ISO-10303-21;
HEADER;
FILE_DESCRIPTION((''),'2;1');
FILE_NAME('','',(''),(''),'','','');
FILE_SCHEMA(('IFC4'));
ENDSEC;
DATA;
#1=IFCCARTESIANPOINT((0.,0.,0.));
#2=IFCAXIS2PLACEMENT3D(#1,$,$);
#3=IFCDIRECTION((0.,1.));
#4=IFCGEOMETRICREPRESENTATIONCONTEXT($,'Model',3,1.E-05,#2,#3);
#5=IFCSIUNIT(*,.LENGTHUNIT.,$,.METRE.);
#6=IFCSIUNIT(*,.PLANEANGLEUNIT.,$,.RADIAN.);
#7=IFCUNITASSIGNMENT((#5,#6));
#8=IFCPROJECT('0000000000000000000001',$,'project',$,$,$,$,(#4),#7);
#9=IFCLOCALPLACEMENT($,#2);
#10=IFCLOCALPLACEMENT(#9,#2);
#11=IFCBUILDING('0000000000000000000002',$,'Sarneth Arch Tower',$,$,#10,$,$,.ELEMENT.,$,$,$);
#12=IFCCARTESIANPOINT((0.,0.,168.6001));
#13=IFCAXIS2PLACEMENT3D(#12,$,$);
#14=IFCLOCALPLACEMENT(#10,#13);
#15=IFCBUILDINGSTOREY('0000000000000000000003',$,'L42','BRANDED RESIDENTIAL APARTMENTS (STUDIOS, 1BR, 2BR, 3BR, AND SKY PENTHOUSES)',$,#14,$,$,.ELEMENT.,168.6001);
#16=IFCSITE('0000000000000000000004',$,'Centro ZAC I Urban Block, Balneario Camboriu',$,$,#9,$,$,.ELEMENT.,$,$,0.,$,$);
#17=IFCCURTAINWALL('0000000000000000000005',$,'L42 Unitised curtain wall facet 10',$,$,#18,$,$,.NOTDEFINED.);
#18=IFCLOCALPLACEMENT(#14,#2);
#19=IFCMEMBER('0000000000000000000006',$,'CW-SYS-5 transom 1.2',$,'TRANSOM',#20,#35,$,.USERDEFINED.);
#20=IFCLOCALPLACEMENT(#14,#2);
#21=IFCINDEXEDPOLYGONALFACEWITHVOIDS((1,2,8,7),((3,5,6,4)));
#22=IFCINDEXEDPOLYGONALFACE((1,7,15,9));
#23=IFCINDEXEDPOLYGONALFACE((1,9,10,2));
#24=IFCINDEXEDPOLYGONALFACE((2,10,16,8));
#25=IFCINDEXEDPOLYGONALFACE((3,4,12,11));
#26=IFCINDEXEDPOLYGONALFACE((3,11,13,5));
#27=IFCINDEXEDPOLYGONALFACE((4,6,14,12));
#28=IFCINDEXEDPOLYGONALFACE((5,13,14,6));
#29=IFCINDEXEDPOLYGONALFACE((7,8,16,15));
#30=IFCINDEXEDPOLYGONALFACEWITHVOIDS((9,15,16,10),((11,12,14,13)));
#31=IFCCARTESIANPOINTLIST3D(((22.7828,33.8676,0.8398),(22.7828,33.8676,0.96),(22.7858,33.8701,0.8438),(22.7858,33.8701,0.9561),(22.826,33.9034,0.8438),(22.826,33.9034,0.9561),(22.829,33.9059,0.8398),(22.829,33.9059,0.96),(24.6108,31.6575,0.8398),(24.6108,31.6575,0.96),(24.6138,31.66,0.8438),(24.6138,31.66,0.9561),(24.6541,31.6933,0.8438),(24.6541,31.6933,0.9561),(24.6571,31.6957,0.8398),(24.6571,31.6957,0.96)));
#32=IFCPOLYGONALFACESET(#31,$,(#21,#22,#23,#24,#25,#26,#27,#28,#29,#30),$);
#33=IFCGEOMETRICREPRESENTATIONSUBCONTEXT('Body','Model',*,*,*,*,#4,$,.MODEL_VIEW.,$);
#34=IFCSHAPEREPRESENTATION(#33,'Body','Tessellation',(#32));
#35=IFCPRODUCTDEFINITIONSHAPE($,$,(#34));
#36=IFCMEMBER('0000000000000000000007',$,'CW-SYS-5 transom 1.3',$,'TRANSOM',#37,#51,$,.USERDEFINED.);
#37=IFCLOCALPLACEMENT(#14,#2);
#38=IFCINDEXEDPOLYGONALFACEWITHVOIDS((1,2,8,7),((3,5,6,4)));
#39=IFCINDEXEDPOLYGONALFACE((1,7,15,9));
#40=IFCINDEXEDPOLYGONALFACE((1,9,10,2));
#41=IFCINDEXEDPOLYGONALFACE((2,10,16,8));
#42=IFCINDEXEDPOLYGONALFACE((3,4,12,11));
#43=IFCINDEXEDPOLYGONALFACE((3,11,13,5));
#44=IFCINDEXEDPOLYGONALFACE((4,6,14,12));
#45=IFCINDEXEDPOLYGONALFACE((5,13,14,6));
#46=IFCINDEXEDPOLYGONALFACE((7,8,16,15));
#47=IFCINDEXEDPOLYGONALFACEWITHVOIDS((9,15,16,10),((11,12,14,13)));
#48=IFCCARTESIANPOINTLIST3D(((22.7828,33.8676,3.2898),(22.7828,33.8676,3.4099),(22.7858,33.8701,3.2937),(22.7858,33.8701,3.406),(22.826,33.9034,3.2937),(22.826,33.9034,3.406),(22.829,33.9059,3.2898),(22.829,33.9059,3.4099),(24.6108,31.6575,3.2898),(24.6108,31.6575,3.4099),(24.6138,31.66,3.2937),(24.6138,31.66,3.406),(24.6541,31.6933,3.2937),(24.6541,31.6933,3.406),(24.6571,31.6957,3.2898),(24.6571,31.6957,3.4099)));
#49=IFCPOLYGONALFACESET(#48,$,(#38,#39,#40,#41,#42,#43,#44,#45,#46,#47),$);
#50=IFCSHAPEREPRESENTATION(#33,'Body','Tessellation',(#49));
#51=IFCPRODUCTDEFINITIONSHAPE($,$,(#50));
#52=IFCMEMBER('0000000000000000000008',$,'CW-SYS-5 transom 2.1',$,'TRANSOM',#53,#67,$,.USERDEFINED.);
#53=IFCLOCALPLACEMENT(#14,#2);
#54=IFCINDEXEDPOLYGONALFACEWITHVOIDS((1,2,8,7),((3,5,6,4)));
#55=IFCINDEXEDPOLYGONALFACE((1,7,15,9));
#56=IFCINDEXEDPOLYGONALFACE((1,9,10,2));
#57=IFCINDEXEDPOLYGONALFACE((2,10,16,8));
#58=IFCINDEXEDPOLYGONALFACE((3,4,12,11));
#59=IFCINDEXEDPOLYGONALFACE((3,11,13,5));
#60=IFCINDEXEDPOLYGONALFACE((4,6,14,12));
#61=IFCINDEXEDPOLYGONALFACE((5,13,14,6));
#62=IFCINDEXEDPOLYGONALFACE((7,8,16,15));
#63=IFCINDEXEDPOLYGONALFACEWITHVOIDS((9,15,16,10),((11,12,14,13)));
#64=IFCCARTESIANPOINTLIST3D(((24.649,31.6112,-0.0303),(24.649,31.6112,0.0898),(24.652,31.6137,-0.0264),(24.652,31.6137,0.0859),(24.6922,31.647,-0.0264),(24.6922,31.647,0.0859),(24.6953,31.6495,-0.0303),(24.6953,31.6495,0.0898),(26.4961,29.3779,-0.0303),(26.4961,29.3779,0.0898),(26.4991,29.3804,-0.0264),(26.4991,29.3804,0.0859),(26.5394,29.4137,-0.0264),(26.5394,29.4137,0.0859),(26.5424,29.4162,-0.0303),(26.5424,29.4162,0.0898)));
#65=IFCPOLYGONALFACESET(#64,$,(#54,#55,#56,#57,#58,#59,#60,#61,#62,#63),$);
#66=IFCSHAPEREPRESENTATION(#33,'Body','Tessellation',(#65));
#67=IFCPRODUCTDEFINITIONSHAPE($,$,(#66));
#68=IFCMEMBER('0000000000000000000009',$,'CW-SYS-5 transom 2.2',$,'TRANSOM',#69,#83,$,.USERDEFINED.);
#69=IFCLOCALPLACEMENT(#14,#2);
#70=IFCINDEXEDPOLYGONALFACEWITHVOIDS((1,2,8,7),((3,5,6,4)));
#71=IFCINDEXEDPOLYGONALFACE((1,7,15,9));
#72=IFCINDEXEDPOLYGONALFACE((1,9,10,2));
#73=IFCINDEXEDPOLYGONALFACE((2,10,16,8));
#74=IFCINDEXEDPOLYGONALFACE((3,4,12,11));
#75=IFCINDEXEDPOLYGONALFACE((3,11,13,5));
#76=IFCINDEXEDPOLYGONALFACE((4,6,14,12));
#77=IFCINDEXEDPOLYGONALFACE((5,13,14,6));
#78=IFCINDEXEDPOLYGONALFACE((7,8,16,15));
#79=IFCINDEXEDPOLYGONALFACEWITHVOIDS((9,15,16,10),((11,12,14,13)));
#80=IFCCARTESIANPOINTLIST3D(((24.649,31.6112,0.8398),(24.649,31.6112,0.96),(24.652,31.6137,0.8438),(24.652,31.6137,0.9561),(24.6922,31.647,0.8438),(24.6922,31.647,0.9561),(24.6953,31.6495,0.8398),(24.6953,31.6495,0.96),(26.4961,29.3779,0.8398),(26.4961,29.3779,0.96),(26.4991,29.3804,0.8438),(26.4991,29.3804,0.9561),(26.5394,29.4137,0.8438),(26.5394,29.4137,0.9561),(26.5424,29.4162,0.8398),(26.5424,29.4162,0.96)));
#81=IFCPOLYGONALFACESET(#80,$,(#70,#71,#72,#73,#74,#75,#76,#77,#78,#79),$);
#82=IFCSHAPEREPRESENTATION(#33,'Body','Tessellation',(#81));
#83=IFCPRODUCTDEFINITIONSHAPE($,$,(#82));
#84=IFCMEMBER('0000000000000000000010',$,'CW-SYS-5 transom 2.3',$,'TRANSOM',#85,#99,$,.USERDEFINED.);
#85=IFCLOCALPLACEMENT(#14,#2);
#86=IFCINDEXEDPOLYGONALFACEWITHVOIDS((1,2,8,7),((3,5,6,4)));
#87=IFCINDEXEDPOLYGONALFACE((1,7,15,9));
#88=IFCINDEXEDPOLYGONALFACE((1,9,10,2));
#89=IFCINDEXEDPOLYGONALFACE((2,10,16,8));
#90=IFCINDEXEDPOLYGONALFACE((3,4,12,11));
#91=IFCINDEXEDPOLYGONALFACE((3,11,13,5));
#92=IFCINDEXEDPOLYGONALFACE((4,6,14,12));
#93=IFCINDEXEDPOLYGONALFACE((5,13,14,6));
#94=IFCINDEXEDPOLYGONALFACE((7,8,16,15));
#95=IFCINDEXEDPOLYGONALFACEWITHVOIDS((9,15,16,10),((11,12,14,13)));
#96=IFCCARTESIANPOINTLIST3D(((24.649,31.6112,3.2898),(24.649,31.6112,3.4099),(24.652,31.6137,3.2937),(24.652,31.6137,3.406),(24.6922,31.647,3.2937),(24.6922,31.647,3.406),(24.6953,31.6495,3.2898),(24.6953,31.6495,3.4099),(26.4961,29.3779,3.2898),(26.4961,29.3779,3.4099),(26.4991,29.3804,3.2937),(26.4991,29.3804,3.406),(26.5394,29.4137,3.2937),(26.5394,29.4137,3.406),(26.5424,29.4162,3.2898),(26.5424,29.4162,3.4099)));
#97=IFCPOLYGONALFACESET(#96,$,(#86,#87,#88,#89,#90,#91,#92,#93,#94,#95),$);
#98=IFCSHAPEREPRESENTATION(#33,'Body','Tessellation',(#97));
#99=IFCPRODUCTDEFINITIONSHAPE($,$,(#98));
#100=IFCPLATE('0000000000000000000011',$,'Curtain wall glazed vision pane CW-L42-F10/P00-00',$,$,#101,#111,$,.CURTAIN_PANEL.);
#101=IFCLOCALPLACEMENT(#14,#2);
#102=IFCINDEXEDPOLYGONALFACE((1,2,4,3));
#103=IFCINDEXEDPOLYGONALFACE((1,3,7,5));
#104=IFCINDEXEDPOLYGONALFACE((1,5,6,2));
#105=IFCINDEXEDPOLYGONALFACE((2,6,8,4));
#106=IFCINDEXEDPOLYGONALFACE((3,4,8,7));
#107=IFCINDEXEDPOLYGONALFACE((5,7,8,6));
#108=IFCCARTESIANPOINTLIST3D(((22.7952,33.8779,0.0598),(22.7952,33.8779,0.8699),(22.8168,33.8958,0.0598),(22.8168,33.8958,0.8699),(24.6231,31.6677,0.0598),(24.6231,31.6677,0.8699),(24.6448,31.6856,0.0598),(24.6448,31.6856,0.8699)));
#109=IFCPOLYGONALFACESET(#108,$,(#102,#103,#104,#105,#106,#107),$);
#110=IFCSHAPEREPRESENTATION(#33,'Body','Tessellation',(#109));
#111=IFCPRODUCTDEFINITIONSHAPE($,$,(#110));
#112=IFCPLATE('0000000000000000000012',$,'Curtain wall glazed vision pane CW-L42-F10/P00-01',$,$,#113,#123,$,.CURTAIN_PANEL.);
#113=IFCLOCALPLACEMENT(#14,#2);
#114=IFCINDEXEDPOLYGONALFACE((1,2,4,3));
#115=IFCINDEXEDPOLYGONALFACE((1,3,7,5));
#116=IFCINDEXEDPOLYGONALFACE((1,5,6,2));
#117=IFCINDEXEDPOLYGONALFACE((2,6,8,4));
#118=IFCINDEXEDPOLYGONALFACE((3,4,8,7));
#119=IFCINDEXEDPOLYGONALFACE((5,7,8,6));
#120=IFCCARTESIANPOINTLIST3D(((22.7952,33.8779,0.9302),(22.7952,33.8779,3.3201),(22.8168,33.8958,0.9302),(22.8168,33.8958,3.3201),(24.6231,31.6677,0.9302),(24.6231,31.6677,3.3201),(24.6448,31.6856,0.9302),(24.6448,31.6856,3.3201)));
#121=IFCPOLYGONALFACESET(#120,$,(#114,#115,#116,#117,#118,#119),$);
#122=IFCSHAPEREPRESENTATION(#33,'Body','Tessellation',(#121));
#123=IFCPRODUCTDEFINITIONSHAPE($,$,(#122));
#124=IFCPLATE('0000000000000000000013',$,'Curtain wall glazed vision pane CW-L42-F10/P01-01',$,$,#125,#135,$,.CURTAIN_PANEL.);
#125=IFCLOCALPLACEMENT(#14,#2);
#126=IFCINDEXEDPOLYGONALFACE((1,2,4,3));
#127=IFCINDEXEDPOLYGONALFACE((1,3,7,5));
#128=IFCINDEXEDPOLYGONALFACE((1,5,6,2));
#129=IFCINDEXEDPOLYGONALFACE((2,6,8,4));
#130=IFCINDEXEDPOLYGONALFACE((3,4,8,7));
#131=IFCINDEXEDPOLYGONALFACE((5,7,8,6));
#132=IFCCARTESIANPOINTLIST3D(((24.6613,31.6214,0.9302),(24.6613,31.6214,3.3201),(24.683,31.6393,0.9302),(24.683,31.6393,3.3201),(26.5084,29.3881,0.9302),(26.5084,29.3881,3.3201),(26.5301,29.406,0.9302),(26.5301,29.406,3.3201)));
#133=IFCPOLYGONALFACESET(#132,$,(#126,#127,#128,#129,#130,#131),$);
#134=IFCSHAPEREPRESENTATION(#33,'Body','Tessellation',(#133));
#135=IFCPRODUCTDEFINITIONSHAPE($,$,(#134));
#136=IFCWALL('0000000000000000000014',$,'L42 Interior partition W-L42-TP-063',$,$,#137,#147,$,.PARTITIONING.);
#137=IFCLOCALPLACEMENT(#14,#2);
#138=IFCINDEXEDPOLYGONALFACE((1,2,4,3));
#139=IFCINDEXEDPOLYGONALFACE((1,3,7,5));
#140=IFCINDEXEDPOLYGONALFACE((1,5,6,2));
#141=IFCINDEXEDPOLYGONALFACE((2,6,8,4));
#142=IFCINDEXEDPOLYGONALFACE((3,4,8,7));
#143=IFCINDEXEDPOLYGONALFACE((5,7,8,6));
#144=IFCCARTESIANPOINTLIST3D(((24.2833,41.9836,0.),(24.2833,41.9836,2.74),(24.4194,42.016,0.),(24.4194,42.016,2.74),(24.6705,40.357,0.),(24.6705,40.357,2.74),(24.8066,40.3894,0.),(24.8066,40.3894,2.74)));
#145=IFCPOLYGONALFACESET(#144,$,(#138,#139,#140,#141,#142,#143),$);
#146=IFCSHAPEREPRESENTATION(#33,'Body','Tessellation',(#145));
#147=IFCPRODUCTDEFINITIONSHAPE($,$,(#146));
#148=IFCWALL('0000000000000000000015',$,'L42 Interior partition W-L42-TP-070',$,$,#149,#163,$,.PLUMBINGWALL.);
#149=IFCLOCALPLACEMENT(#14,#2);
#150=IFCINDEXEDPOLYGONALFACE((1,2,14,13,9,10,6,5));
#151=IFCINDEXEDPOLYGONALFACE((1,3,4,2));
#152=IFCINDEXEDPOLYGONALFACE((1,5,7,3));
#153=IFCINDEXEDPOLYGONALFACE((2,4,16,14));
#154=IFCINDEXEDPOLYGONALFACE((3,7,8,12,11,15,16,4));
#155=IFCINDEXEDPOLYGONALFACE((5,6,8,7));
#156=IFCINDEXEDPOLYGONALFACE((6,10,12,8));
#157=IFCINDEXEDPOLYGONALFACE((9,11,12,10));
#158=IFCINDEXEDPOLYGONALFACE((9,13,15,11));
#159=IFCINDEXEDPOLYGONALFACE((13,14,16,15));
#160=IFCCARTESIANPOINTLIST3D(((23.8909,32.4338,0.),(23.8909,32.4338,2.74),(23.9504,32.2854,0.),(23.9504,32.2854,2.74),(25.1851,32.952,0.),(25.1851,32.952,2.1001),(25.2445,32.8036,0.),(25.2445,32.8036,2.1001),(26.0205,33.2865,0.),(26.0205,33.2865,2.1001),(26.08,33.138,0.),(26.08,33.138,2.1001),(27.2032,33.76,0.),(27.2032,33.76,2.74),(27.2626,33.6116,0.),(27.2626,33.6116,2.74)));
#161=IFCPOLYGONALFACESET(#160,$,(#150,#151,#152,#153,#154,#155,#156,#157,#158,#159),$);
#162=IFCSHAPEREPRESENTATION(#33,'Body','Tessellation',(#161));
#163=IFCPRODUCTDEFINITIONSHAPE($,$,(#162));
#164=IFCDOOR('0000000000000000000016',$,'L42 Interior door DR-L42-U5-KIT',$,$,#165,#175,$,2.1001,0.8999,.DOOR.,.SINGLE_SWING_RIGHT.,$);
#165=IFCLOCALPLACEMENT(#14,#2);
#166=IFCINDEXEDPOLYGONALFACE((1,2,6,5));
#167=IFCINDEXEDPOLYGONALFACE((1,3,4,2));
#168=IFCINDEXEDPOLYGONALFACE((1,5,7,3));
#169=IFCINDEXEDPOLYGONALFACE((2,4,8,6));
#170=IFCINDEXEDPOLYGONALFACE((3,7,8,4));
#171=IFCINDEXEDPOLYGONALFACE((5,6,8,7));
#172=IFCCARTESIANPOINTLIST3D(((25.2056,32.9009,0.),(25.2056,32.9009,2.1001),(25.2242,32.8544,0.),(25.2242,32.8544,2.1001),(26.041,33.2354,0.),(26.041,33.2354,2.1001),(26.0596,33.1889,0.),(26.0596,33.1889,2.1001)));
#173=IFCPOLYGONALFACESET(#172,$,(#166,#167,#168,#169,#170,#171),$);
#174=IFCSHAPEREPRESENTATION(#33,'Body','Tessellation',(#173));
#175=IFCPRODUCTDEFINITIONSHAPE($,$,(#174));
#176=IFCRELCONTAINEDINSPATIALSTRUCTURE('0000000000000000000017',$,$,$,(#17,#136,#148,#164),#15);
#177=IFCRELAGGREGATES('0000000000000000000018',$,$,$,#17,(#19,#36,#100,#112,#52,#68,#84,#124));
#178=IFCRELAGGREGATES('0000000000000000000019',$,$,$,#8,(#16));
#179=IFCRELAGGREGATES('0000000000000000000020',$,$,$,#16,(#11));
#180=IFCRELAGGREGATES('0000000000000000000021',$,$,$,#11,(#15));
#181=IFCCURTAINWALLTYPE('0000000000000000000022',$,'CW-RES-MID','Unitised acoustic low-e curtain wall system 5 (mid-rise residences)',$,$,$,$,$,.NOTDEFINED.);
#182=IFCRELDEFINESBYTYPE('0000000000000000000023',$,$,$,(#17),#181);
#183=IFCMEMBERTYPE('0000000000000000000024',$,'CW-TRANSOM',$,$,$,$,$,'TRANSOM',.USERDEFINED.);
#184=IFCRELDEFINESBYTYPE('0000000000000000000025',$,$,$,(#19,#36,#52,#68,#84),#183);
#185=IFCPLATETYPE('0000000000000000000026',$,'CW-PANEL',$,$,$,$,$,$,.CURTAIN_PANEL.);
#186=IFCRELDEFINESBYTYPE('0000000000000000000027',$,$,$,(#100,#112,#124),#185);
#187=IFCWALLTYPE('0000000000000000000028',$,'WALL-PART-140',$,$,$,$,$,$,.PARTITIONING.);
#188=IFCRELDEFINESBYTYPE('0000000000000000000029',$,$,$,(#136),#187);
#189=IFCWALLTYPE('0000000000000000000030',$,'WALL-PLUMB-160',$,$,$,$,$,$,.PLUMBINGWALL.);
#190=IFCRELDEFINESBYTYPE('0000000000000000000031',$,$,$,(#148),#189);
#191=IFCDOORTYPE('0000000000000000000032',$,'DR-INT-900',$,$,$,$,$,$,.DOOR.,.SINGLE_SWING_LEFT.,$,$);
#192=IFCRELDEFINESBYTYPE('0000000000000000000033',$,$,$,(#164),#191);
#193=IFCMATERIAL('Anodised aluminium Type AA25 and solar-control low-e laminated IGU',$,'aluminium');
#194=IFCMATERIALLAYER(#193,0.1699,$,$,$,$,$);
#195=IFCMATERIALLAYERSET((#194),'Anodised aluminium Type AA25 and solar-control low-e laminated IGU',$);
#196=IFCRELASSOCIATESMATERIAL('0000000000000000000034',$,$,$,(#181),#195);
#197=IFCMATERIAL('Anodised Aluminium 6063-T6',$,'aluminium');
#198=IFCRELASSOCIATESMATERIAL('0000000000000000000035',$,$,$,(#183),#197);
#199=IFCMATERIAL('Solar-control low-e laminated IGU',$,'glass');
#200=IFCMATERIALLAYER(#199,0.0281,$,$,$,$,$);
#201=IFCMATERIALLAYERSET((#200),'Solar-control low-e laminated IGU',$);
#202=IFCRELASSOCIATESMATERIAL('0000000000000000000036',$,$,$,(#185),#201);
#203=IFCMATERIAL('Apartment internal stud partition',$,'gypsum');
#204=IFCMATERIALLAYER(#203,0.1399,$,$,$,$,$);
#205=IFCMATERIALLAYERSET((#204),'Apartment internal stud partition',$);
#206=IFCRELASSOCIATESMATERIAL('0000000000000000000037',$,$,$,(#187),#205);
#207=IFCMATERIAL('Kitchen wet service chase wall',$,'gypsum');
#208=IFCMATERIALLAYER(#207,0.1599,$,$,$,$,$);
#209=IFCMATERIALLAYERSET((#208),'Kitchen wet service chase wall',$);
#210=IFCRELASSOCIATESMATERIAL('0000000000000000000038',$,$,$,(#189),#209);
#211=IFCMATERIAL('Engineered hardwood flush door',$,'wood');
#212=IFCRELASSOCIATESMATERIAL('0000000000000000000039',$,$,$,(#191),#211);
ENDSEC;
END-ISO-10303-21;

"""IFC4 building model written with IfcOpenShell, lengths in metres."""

from ifc_helpers import new_model, si_unit, direction, frame, frame_2d, origin, origin_2d, place, context, subcontext, project, spatial, rectangle, hollow_rectangle, extrude, material, layer, layer_set, material_profile, profile_set, type_object, element, fill, aggregate, save


model = new_model("IFC4")

# Units and contexts
model_context = context("Model", 3, precision=1e-05, world=origin(), true_north=direction((0.0, 1.0)))
body_context = subcontext(model_context, "Body", "Model", "MODEL_VIEW")
ifc_project = project(units=[si_unit("LENGTHUNIT", "METRE"), si_unit("PLANEANGLEUNIT", "RADIAN")], contexts=[model_context])

# Site, building, storey
site_placement = place(None, origin())
site = spatial("IfcSite", under=ifc_project, at=site_placement, Name="Centro ZAC I Urban Block, Balneario Camboriu", CompositionType="ELEMENT", RefElevation=0.0)
building_placement = place(site_placement, origin())
building = spatial("IfcBuilding", under=site, at=building_placement, Name="Sarneth Arch Tower", CompositionType="ELEMENT")
storey_placement = place(building_placement, frame((0.0, 0.0, 168.6001)))
storey = spatial("IfcBuildingStorey", under=building, at=storey_placement, Name="L42", Description="BRANDED RESIDENTIAL APARTMENTS (STUDIOS, 1BR, 2BR, 3BR, AND SKY PENTHOUSES)", CompositionType="ELEMENT", Elevation=168.6001)

# Curtain wall, members, plates
ifc_material_1 = material(Name="Anodised aluminium Type AA25 and solar-control low-e laminated IGU", Category="aluminium")
ifc_layer_1 = layer(ifc_material_1, 0.1699)
ifc_layer_set_1 = layer_set([ifc_layer_1], Name="Anodised aluminium Type AA25 and solar-control low-e laminated IGU")
curtain_wall_type = type_object("IfcCurtainWallType", Name="CW-RES-MID", Description="Unitised acoustic low-e curtain wall system 5 (mid-rise residences)", PredefinedType="NOTDEFINED", material=ifc_layer_set_1)
curtain_wall_placement = place(storey_placement, origin())
curtain_wall = element("IfcCurtainWall", 1, at=curtain_wall_placement, inside=storey, type_object=curtain_wall_type, Name="L42 Unitised curtain wall facet 10", PredefinedType="NOTDEFINED")
ifc_material_2 = material(Name="Anodised Aluminium 6063-T6", Category="aluminium")
ifc_material_profile_1 = material_profile(ifc_material_2, hollow_rectangle(XDim=0.0601, YDim=0.1201, WallThickness=0.0039, at=origin_2d()), Name="AL-TRAN-120x60x4")
ifc_profile_set_1 = profile_set([ifc_material_profile_1], Name="Anodised Aluminium 6063-T6")
member_type_1 = type_object("IfcMemberType", Name="CW-TRANSOM", ElementType="TRANSOM", PredefinedType="USERDEFINED", material=ifc_profile_set_1)
member_1_placement = place(storey_placement, frame((22.8059, 33.8867, 0.8999), z_axis=(0.637359, -0.770567, 0.0), x_axis=(0.770567, 0.637359, 0.0)))
member_1 = element("IfcMember", 2, at=member_1_placement, type_object=member_type_1, Name="CW-SYS-5 transom 1.2", ObjectType="TRANSOM", PredefinedType="USERDEFINED", context=body_context, shape_type="SweptSolid", body=[
    extrude(hollow_rectangle(XDim=0.0601, YDim=0.1201, WallThickness=0.0039, at=origin_2d()), origin(), (0.0, 0.0, 1.0), 2.8682),
])
member_2_placement = place(storey_placement, frame((22.8059, 33.8867, 3.3499), z_axis=(0.637359, -0.770567, 0.0), x_axis=(0.770567, 0.637359, 0.0)))
member_2 = element("IfcMember", 3, at=member_2_placement, type_object=member_type_1, Name="CW-SYS-5 transom 1.3", ObjectType="TRANSOM", PredefinedType="USERDEFINED", context=body_context, shape_type="SweptSolid", body=[
    extrude(hollow_rectangle(XDim=0.0601, YDim=0.1201, WallThickness=0.0039, at=origin_2d()), origin(), (0.0, 0.0, 1.0), 2.8682),
])
member_3_placement = place(storey_placement, frame((24.6721, 31.6304, 0.0298), z_axis=(0.63733, -0.770591, 0.0), x_axis=(0.770591, 0.63733, 0.0)))
member_3 = element("IfcMember", 4, at=member_3_placement, type_object=member_type_1, Name="CW-SYS-5 transom 2.1", ObjectType="TRANSOM", PredefinedType="USERDEFINED", context=body_context, shape_type="SweptSolid", body=[
    extrude(hollow_rectangle(XDim=0.0601, YDim=0.1201, WallThickness=0.0039, at=origin_2d()), origin(), (0.0, 0.0, 1.0), 2.8982),
])
member_4_placement = place(storey_placement, frame((24.6721, 31.6304, 0.8999), z_axis=(0.63733, -0.770591, 0.0), x_axis=(0.770591, 0.63733, 0.0)))
member_4 = element("IfcMember", 5, at=member_4_placement, type_object=member_type_1, Name="CW-SYS-5 transom 2.2", ObjectType="TRANSOM", PredefinedType="USERDEFINED", context=body_context, shape_type="SweptSolid", body=[
    extrude(hollow_rectangle(XDim=0.0601, YDim=0.1201, WallThickness=0.0039, at=origin_2d()), origin(), (0.0, 0.0, 1.0), 2.8982),
])
member_5_placement = place(storey_placement, frame((24.6721, 31.6304, 3.3499), z_axis=(0.63733, -0.770591, 0.0), x_axis=(0.770591, 0.63733, 0.0)))
member_5 = element("IfcMember", 6, at=member_5_placement, type_object=member_type_1, Name="CW-SYS-5 transom 2.3", ObjectType="TRANSOM", PredefinedType="USERDEFINED", context=body_context, shape_type="SweptSolid", body=[
    extrude(hollow_rectangle(XDim=0.0601, YDim=0.1201, WallThickness=0.0039, at=origin_2d()), origin(), (0.0, 0.0, 1.0), 2.8982),
])
ifc_material_3 = material(Name="Solar-control low-e laminated IGU", Category="glass")
ifc_layer_2 = layer(ifc_material_3, 0.0281)
ifc_layer_set_2 = layer_set([ifc_layer_2], Name="Solar-control low-e laminated IGU")
plate_type = type_object("IfcPlateType", Name="CW-PANEL", PredefinedType="CURTAIN_PANEL", material=ifc_layer_set_2)
plate_1_placement = place(storey_placement, frame((23.72, 32.7817, 0.0598), z_axis=(0.0, 0.0, 1.0), x_axis=(0.63733, -0.770591, 0.0)))
plate_1 = element("IfcPlate", 7, at=plate_1_placement, type_object=plate_type, Name="Curtain wall glazed vision pane CW-L42-F10/P00-00", PredefinedType="CURTAIN_PANEL", context=body_context, shape_type="SweptSolid", body=[
    extrude(rectangle(XDim=2.8682, YDim=0.0281, at=origin_2d()), origin(), (0.0, 0.0, 1.0), 0.8101),
])
plate_2_placement = place(storey_placement, frame((23.72, 32.7817, 0.9302), z_axis=(0.0, 0.0, 1.0), x_axis=(0.63733, -0.770591, 0.0)))
plate_2 = element("IfcPlate", 8, at=plate_2_placement, type_object=plate_type, Name="Curtain wall glazed vision pane CW-L42-F10/P00-01", PredefinedType="CURTAIN_PANEL", context=body_context, shape_type="SweptSolid", body=[
    extrude(rectangle(XDim=2.8682, YDim=0.0281, at=origin_2d()), origin(), (0.0, 0.0, 1.0), 2.3899),
])
plate_3_placement = place(storey_placement, frame((25.5957, 30.5137, 0.9302), z_axis=(0.0, 0.0, 1.0), x_axis=(0.63733, -0.770591, 0.0)))
plate_3 = element("IfcPlate", 9, at=plate_3_placement, type_object=plate_type, Name="Curtain wall glazed vision pane CW-L42-F10/P01-01", PredefinedType="CURTAIN_PANEL", context=body_context, shape_type="SweptSolid", body=[
    extrude(rectangle(XDim=2.8982, YDim=0.0281, at=origin_2d()), origin(), (0.0, 0.0, 1.0), 2.3899),
])
aggregate(curtain_wall, [member_1, member_2, plate_1, plate_2, member_3, member_4, member_5, plate_3])

# Wall
ifc_material_4 = material(Name="Apartment internal stud partition", Category="gypsum")
ifc_layer_3 = layer(ifc_material_4, 0.1399)
ifc_layer_set_3 = layer_set([ifc_layer_3], Name="Apartment internal stud partition")
wall_type_1 = type_object("IfcWallType", Name="WALL-PART-140", PredefinedType="PARTITIONING", material=ifc_layer_set_3)
wall_1_placement = place(storey_placement, frame((24.7385, 40.3733, 0.0), z_axis=(0.0, 0.0, 1.0), x_axis=(-0.231561, 0.97282, 0.0)))
element("IfcWall", 10, at=wall_1_placement, inside=storey, type_object=wall_type_1, Name="L42 Interior partition W-L42-TP-063", PredefinedType="PARTITIONING", context=body_context, shape_type="SweptSolid", body=[
    extrude(rectangle(XDim=1.6721, YDim=0.1399, at=frame_2d((0.8359, 0.0))), origin(), (0.0, 0.0, 1.0), 2.74),
])

# Wall, opening, door
ifc_material_5 = material(Name="Kitchen wet service chase wall", Category="gypsum")
ifc_layer_4 = layer(ifc_material_5, 0.1599)
ifc_layer_set_4 = layer_set([ifc_layer_4], Name="Kitchen wet service chase wall")
wall_type_2 = type_object("IfcWallType", Name="WALL-PLUMB-160", PredefinedType="PLUMBINGWALL", material=ifc_layer_set_4)
wall_2_placement = place(storey_placement, frame((23.9207, 32.3596, 0.0), z_axis=(0.0, 0.0, 1.0), x_axis=(0.928354, 0.371697, 0.0)))
wall_2 = element("IfcWall", 11, at=wall_2_placement, inside=storey, type_object=wall_type_2, Name="L42 Interior partition W-L42-TP-070", PredefinedType="PLUMBINGWALL", context=body_context, shape_type="SweptSolid", body=[
    extrude(rectangle(XDim=3.5679, YDim=0.1599, at=frame_2d((1.7839, 0.0))), origin(), (0.0, 0.0, 1.0), 2.74),
])
opening_1_placement = place(wall_2_placement, frame((1.394, 0.0, 0.0)))
opening_1 = element("IfcOpeningElement", 12, at=opening_1_placement, cuts=wall_2, PredefinedType="OPENING", context=body_context, shape_type="SweptSolid", body=[
    extrude(rectangle(XDim=0.8999, YDim=2.1001, at=frame_2d((0.45, 1.05))), frame((0.0, 0.0898, 0.0), z_axis=(0.0, -1.0, 0.0), x_axis=(1.0, 0.0, 0.0)), (0.0, 0.0, 1.0), 0.1799),
])
ifc_material_6 = material(Name="Engineered hardwood flush door", Category="wood")
door_type_1 = type_object("IfcDoorType", Name="DR-INT-900", OperationType="SINGLE_SWING_LEFT", PredefinedType="DOOR", material=ifc_material_6)
door_1_placement = place(opening_1_placement, origin())
door_1 = element("IfcDoor", 13, at=door_1_placement, inside=storey, type_object=door_type_1, Name="L42 Interior door DR-L42-U5-KIT", OperationType="SINGLE_SWING_RIGHT", OverallHeight=2.1001, OverallWidth=0.8999, PredefinedType="DOOR", context=body_context, shape_type="SweptSolid", body=[
    extrude(rectangle(XDim=0.8999, YDim=2.1001, at=frame_2d((0.45, 1.05))), frame((0.0, 0.0249, 0.0), z_axis=(0.0, -1.0, 0.0), x_axis=(1.0, 0.0, 0.0)), (0.0, 0.0, 1.0), 0.05),
])
fill(opening_1, door_1)

save(model, "model.ifc")
